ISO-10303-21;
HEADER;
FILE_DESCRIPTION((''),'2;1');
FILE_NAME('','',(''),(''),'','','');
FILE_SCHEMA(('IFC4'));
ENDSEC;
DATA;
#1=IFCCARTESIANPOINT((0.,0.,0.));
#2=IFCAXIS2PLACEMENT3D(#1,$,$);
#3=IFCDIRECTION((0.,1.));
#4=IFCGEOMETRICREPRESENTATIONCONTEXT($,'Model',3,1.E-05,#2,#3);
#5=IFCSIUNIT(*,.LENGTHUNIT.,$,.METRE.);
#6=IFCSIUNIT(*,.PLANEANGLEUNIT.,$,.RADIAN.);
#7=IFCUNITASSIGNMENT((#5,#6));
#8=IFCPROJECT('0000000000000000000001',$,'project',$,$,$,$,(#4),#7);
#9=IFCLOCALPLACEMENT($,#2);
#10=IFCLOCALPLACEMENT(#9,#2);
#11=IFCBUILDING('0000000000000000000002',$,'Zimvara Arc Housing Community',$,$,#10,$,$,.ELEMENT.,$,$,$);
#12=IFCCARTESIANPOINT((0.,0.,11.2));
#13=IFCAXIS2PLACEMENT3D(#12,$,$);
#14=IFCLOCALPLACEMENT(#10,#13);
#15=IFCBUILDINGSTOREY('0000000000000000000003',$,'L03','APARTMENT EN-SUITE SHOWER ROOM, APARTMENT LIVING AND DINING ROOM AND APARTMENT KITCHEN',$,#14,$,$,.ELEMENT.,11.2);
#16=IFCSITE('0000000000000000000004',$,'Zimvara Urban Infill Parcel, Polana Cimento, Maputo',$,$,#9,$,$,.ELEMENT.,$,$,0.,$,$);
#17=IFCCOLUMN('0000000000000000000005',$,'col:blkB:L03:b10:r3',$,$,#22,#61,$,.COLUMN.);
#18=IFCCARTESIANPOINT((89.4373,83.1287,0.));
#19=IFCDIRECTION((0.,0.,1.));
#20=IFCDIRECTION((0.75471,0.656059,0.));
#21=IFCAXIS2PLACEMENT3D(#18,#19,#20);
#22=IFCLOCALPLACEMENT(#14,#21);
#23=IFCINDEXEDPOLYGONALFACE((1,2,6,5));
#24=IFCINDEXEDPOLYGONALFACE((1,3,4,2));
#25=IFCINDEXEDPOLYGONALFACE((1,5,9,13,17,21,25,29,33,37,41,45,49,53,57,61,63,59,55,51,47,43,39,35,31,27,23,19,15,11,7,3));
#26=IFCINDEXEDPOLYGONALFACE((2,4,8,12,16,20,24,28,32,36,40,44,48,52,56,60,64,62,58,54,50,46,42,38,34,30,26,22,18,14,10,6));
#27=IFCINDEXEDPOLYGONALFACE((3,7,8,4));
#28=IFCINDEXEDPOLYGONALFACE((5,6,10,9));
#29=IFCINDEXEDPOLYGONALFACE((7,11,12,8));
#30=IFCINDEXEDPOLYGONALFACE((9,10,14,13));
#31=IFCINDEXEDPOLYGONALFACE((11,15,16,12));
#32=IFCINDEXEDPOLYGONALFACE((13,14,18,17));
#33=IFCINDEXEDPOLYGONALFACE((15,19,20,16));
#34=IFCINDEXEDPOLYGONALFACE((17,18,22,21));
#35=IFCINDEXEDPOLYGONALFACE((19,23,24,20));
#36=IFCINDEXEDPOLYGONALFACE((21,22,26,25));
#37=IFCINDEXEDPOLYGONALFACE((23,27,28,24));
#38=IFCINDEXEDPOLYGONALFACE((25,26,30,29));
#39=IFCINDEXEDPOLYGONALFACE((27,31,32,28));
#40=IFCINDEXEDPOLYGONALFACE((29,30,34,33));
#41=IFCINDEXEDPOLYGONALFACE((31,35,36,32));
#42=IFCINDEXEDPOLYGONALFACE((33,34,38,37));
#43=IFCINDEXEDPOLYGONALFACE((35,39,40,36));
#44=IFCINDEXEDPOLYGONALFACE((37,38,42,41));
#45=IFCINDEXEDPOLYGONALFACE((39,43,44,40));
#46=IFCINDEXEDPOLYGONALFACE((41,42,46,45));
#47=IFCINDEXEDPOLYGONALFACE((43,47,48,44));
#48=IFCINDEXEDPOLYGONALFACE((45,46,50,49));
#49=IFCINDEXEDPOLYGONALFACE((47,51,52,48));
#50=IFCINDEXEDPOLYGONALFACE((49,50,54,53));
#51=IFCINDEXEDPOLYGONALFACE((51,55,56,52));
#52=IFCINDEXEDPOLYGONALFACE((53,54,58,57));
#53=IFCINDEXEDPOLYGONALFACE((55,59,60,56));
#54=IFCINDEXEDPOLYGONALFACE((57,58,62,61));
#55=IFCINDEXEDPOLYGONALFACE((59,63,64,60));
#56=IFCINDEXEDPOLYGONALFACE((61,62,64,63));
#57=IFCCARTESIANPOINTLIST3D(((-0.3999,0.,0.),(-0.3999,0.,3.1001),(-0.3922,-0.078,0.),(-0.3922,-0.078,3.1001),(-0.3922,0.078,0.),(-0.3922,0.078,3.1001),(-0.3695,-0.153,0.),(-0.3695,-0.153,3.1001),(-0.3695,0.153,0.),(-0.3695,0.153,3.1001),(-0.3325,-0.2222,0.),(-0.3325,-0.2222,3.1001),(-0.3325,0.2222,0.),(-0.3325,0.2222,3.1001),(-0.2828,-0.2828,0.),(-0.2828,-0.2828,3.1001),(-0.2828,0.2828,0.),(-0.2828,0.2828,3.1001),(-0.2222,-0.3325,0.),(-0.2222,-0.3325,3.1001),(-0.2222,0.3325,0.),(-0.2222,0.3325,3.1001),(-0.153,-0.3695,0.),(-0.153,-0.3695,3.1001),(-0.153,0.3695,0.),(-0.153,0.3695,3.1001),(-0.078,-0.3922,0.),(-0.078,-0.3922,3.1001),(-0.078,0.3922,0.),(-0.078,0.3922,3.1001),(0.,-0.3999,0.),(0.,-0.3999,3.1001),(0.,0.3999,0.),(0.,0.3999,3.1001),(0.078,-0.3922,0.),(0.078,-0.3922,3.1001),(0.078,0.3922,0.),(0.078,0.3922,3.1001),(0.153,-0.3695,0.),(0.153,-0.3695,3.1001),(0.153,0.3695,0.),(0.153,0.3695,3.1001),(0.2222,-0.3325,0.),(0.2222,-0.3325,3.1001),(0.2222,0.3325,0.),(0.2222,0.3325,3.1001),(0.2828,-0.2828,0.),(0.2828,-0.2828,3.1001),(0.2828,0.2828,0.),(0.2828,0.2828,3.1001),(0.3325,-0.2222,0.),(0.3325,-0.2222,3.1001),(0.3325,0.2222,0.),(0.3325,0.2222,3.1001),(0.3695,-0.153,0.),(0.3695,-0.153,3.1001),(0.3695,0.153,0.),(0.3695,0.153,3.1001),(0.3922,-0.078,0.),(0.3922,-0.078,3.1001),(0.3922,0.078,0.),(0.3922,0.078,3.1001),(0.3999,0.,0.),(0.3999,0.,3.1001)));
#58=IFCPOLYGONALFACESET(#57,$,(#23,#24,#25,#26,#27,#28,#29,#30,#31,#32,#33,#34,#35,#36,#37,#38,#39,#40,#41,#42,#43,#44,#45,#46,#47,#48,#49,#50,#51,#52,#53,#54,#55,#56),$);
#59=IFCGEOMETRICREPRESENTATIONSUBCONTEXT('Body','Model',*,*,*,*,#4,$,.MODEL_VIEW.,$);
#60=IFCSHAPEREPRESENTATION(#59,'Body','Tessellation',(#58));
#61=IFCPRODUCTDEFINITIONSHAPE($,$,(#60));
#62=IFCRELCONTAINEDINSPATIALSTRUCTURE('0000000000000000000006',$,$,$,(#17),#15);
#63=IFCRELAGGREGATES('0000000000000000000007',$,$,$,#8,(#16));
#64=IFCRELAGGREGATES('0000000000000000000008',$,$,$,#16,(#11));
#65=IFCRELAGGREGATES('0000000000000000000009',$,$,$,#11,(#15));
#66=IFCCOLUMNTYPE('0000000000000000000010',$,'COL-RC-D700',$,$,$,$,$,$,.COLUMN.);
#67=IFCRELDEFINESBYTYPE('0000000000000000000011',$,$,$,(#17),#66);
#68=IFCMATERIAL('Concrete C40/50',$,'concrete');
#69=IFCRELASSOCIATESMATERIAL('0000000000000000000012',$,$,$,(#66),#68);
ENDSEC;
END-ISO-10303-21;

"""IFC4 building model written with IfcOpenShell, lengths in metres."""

from ifc_helpers import new_model, si_unit, direction, frame, origin, origin_2d, place, context, subcontext, project, spatial, circle, extrude, material, material_profile, profile_set, type_object, element, save


model = new_model("IFC4")

# Units and contexts
model_context = context("Model", 3, precision=1e-05, world=origin(), true_north=direction((0.0, 1.0)))
body_context = subcontext(model_context, "Body", "Model", "MODEL_VIEW")
ifc_project = project(units=[si_unit("LENGTHUNIT", "METRE"), si_unit("PLANEANGLEUNIT", "RADIAN")], contexts=[model_context])

# Site, building, storey
site_placement = place(None, origin())
site = spatial("IfcSite", under=ifc_project, at=site_placement, Name="Zimvara Urban Infill Parcel, Polana Cimento, Maputo", CompositionType="ELEMENT", RefElevation=0.0)
building_placement = place(site_placement, origin())
building = spatial("IfcBuilding", under=site, at=building_placement, Name="Zimvara Arc Housing Community", CompositionType="ELEMENT")
storey_placement = place(building_placement, frame((0.0, 0.0, 11.2)))
storey = spatial("IfcBuildingStorey", under=building, at=storey_placement, Name="L03", Description="APARTMENT EN-SUITE SHOWER ROOM, APARTMENT LIVING AND DINING ROOM AND APARTMENT KITCHEN", CompositionType="ELEMENT", Elevation=11.2)

# Column
ifc_material_1 = material(Name="Concrete C40/50", Category="concrete")
ifc_material_profile_1 = material_profile(ifc_material_1, circle(Radius=0.3999, at=origin_2d()), Name="RC D800")
ifc_profile_set_1 = profile_set([ifc_material_profile_1], Name="Concrete C40/50")
column_type_1 = type_object("IfcColumnType", Name="COL-RC-D700", PredefinedType="COLUMN", material=ifc_profile_set_1)
column_1_placement = place(storey_placement, frame((89.4373, 83.1287, 0.0), z_axis=(0.0, 0.0, 1.0), x_axis=(0.75471, 0.656059, 0.0)))
element("IfcColumn", 1, at=column_1_placement, inside=storey, type_object=column_type_1, Name="col:blkB:L03:b10:r3", PredefinedType="COLUMN", context=body_context, shape_type="SweptSolid", body=[
    extrude(circle(Radius=0.3999, at=origin_2d()), origin(), (0.0, 0.0, 1.0), 3.1001),
])

save(model, "model.ifc")
